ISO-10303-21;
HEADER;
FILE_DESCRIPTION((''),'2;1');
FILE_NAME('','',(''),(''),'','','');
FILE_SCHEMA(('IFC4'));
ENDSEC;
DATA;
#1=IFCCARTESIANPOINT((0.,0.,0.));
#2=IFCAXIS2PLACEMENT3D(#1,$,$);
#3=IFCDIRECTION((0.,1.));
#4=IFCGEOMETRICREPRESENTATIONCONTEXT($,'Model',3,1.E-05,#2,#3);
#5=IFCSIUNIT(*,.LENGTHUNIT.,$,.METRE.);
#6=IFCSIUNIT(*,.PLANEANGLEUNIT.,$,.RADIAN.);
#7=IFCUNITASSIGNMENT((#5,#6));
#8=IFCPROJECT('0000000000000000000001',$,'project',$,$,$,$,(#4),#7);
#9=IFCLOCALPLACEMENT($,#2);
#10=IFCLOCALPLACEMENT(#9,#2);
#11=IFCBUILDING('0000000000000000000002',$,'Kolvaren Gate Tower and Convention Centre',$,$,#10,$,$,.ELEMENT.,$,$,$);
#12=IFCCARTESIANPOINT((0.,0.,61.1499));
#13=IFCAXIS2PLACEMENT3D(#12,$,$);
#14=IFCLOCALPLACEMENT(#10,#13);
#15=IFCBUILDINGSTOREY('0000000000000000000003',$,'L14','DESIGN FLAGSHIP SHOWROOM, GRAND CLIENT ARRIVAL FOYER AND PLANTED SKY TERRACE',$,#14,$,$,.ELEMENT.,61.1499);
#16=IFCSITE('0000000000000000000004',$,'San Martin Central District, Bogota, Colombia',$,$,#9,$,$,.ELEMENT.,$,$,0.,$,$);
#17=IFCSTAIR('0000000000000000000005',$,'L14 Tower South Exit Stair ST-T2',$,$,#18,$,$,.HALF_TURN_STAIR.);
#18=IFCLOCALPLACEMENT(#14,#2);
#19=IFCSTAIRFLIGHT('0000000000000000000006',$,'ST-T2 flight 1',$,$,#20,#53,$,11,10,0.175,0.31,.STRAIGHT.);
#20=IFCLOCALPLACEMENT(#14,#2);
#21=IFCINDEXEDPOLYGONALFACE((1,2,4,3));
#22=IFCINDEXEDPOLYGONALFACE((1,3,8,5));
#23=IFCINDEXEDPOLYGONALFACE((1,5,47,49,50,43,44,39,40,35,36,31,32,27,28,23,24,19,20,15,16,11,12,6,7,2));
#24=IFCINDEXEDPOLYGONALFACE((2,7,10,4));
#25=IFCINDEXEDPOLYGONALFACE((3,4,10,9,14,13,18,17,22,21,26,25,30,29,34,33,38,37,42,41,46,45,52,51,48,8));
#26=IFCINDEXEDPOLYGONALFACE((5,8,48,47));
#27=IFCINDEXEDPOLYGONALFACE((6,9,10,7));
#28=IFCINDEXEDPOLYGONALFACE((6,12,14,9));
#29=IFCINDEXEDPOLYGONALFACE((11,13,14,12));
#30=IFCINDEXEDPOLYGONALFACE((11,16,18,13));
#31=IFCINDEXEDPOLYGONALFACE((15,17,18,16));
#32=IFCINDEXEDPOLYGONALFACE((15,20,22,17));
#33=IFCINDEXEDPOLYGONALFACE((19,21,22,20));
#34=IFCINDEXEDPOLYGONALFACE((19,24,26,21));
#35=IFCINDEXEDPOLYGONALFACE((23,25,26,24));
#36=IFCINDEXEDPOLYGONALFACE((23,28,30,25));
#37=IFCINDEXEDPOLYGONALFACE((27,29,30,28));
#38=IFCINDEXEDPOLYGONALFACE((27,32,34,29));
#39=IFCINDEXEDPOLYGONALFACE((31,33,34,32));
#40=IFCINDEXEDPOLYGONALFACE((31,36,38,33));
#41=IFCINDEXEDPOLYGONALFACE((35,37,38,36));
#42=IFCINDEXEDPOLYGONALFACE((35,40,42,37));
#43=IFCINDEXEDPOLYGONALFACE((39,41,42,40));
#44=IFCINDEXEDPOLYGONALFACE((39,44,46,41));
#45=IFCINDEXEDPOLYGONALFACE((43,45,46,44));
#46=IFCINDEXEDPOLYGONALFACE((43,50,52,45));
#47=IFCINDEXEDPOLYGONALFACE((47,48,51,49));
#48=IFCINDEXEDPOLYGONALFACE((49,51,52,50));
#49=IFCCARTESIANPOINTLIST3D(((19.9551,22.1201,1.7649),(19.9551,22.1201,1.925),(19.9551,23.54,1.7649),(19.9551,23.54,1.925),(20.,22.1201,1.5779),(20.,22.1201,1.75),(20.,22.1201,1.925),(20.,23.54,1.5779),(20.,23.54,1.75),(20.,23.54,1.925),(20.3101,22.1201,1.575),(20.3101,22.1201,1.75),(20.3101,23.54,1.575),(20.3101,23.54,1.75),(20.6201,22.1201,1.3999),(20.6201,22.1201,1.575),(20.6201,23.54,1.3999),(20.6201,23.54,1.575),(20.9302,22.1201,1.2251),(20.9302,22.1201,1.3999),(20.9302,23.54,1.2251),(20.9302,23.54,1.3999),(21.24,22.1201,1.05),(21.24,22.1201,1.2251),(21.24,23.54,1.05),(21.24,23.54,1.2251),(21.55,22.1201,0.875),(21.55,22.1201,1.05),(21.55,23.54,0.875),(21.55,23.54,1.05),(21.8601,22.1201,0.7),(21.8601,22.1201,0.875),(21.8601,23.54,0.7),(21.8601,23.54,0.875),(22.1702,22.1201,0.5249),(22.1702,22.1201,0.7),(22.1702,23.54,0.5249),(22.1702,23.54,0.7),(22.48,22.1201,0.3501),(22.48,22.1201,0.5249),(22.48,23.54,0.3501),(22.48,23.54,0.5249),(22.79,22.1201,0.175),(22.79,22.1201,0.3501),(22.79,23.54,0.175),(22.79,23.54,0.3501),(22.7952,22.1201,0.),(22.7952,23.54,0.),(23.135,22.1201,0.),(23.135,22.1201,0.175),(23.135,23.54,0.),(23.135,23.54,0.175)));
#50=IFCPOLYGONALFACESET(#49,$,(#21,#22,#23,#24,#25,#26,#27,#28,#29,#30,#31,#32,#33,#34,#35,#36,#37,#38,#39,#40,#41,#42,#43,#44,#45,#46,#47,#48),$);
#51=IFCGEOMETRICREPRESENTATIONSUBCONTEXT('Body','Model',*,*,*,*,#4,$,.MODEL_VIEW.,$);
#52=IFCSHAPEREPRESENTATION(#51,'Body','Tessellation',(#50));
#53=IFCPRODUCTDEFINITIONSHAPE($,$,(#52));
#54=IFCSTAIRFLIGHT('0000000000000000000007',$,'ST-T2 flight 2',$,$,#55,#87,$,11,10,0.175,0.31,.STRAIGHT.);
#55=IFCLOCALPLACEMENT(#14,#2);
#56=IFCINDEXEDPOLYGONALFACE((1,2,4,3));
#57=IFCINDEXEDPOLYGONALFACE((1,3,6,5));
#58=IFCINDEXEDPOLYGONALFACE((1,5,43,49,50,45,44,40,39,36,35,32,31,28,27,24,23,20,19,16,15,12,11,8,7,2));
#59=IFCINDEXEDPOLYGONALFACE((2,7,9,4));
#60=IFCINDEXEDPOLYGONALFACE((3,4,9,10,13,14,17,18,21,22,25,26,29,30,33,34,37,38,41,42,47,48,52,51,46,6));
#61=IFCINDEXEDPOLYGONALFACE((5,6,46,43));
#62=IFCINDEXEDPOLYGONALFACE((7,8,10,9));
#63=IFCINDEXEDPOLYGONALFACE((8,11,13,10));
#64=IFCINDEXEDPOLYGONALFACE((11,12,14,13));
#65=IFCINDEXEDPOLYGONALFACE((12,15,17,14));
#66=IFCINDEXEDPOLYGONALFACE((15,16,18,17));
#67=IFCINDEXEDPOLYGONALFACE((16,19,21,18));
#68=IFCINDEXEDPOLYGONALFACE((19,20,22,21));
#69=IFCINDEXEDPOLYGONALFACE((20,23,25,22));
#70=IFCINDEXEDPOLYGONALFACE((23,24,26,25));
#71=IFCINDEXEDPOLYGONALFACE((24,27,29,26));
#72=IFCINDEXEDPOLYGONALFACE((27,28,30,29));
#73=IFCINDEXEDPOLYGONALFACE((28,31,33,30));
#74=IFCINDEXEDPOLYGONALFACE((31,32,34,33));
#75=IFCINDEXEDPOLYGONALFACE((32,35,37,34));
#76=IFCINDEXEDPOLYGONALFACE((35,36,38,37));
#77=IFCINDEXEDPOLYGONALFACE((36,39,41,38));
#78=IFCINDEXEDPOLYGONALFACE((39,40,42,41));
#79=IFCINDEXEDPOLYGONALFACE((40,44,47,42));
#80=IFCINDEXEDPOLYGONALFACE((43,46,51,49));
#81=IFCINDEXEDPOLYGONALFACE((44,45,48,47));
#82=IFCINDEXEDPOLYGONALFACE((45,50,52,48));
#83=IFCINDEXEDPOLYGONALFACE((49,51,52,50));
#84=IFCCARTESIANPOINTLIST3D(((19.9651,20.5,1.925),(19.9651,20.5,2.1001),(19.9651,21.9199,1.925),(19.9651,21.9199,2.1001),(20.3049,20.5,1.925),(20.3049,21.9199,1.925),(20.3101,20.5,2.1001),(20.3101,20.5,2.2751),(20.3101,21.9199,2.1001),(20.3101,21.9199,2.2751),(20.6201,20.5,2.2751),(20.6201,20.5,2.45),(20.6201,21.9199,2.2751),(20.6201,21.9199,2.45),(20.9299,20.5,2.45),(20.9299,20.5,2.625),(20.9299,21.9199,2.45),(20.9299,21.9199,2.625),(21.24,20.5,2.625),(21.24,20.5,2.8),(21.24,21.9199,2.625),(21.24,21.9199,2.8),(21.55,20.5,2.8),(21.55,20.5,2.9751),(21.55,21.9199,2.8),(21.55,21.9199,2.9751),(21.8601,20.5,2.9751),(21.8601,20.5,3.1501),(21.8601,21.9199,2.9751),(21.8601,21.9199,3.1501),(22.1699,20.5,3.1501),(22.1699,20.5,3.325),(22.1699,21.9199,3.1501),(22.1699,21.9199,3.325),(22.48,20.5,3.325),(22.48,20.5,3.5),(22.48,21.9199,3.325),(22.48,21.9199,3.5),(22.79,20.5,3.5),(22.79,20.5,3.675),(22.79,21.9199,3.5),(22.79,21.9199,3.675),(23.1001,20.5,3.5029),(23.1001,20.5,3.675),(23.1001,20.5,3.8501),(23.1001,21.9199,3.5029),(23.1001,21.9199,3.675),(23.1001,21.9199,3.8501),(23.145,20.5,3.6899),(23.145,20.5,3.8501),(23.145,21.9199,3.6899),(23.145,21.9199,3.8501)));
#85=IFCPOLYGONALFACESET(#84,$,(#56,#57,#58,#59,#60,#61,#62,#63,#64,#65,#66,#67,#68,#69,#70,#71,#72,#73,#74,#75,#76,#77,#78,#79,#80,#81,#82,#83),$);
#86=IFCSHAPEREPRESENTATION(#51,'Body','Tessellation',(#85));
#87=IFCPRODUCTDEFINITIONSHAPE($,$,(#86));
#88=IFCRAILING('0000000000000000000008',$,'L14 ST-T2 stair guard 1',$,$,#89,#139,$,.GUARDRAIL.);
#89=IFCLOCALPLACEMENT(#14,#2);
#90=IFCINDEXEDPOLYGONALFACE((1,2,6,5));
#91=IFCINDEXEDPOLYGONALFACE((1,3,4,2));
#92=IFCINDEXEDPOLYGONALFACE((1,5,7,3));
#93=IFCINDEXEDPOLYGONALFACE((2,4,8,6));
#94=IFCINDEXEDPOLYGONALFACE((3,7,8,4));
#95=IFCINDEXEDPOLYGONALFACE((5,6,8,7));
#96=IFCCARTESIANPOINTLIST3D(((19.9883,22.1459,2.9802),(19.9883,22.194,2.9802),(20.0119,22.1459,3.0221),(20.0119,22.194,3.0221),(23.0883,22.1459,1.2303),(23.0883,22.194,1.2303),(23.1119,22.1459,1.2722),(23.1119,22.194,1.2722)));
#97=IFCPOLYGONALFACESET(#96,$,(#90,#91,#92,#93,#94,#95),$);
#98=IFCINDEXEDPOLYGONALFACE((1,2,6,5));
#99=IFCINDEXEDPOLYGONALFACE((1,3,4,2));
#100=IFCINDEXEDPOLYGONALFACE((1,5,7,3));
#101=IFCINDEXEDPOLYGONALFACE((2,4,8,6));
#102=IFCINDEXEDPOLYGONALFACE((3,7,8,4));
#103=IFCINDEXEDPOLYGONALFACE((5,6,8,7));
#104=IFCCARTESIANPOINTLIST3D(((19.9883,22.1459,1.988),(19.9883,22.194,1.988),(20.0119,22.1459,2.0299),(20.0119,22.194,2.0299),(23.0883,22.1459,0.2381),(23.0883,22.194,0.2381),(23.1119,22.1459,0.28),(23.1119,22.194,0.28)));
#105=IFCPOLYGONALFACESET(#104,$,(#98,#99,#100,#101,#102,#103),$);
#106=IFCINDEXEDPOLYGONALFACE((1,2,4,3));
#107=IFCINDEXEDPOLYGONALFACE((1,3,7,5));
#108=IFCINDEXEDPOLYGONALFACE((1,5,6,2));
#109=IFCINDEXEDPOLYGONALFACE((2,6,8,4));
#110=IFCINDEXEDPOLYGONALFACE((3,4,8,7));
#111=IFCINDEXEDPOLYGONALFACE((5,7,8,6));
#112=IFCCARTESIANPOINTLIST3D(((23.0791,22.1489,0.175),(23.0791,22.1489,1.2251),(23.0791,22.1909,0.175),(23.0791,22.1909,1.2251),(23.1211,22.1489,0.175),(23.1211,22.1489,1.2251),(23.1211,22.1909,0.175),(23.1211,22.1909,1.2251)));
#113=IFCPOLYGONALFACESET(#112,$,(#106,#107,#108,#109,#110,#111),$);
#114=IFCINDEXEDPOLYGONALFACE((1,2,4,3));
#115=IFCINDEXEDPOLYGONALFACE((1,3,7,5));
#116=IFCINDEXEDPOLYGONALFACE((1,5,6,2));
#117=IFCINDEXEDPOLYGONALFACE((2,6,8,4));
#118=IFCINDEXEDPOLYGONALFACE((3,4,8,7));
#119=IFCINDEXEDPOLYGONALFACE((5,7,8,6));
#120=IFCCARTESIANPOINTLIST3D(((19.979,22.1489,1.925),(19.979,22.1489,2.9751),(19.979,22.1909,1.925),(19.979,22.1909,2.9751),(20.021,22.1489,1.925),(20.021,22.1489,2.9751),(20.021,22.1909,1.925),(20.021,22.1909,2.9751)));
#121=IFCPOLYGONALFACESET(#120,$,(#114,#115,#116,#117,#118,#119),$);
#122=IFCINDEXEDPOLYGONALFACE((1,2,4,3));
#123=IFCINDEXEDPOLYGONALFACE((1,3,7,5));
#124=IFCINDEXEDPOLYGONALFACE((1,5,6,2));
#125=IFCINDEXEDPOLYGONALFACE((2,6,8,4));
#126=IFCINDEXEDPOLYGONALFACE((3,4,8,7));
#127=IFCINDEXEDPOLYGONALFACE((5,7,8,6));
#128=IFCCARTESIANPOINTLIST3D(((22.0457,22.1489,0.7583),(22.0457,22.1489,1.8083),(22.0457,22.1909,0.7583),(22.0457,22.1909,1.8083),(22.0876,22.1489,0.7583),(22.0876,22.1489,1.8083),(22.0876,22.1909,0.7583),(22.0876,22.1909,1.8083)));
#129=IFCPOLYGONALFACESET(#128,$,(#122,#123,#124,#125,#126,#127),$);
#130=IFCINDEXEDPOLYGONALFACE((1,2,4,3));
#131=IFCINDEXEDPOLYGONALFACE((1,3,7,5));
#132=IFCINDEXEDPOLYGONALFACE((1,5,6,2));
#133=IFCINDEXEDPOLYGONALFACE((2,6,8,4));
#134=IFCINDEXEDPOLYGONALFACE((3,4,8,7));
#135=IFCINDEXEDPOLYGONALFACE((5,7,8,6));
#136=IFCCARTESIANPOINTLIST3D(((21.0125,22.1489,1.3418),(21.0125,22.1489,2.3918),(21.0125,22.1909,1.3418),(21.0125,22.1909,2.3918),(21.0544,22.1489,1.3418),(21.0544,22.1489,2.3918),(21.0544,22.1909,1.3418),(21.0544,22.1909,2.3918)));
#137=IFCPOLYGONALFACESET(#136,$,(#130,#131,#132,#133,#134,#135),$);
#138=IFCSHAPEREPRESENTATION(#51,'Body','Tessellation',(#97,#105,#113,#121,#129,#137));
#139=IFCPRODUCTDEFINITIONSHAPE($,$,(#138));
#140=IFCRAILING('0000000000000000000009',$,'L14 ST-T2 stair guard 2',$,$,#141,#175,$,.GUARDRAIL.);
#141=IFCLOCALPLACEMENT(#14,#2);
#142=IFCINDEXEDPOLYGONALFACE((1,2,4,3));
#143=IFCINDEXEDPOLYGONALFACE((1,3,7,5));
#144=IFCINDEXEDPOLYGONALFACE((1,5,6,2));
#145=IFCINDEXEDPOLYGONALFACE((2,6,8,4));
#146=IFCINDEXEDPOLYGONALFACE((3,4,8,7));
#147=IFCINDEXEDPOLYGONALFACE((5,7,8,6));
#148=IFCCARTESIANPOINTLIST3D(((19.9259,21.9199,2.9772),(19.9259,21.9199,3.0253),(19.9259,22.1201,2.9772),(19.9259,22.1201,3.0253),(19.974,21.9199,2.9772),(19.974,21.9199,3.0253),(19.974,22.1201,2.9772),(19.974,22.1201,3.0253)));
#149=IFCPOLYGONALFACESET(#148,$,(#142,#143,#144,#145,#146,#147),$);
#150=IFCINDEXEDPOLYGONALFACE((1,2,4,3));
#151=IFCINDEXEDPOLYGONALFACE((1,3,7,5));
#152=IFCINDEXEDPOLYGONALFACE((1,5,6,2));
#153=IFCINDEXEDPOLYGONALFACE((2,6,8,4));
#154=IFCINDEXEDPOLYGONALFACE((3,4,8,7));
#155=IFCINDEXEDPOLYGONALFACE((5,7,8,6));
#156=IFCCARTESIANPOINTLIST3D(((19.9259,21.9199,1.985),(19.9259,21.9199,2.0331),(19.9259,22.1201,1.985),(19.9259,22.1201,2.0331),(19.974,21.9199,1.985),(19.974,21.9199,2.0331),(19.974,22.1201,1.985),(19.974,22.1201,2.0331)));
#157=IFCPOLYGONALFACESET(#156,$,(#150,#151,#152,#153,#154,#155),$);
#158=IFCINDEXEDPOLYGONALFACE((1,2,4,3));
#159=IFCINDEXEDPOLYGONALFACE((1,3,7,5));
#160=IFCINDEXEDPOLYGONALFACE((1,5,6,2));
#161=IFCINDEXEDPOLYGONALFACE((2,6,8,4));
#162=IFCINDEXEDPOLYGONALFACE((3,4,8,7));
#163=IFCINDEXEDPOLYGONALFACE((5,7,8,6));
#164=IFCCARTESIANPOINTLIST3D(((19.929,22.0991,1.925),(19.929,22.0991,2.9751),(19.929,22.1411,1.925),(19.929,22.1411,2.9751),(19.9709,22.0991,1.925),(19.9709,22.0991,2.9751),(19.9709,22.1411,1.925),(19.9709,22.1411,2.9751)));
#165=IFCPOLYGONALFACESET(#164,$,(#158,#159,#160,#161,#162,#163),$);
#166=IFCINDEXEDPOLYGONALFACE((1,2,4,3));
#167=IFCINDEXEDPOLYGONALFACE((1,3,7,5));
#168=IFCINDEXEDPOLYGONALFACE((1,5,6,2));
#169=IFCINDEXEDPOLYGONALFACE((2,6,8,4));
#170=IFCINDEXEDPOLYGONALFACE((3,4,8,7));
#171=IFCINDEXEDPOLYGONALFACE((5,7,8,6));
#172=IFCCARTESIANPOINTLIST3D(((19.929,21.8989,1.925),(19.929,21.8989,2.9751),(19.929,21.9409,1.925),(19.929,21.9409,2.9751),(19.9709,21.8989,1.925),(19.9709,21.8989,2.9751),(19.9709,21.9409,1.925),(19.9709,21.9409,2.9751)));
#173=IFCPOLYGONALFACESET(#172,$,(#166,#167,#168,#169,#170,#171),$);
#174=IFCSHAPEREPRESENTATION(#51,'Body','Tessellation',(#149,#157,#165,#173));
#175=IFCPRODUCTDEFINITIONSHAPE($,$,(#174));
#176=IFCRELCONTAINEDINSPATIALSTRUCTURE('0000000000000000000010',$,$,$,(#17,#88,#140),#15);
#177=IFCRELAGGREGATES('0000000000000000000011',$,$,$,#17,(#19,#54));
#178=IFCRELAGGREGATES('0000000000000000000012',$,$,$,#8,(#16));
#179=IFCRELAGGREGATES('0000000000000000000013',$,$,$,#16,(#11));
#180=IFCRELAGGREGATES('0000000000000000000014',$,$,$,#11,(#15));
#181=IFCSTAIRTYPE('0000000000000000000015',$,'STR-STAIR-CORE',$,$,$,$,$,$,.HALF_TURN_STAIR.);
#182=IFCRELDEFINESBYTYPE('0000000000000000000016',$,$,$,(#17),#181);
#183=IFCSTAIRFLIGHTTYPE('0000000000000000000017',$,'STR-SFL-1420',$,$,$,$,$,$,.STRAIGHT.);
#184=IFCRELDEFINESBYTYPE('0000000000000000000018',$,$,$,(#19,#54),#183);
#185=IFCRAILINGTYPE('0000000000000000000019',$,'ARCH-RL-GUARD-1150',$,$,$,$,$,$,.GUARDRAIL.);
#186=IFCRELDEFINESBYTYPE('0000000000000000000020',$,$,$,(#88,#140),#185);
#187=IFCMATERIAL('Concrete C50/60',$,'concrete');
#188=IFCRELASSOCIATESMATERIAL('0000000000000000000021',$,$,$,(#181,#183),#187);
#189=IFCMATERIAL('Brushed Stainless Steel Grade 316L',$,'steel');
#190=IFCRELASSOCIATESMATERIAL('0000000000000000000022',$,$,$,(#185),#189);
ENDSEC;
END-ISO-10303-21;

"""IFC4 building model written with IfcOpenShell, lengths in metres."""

from ifc_helpers import new_model, si_unit, direction, frame, origin, origin_2d, place, context, subcontext, project, spatial, polyline, rectangle, outline, extrude, material, type_object, element, aggregate, save


model = new_model("IFC4")

# Units and contexts
model_context = context("Model", 3, precision=1e-05, world=origin(), true_north=direction((0.0, 1.0)))
body_context = subcontext(model_context, "Body", "Model", "MODEL_VIEW")
ifc_project = project(units=[si_unit("LENGTHUNIT", "METRE"), si_unit("PLANEANGLEUNIT", "RADIAN")], contexts=[model_context])

# Site, building, storey
site_placement = place(None, origin())
site = spatial("IfcSite", under=ifc_project, at=site_placement, Name="San Martin Central District, Bogota, Colombia", CompositionType="ELEMENT", RefElevation=0.0)
building_placement = place(site_placement, origin())
building = spatial("IfcBuilding", under=site, at=building_placement, Name="Kolvaren Gate Tower and Convention Centre", CompositionType="ELEMENT")
storey_placement = place(building_placement, frame((0.0, 0.0, 61.1499)))
storey = spatial("IfcBuildingStorey", under=building, at=storey_placement, Name="L14", Description="DESIGN FLAGSHIP SHOWROOM, GRAND CLIENT ARRIVAL FOYER AND PLANTED SKY TERRACE", CompositionType="ELEMENT", Elevation=61.1499)

# Shared definitions
ifc_material_1 = material(Name="Concrete C50/60", Category="concrete")

# Stair, stair flights
stair_type = type_object("IfcStairType", Name="STR-STAIR-CORE", PredefinedType="HALF_TURN_STAIR", material=ifc_material_1)
stair_placement = place(storey_placement, origin())
stair = element("IfcStair", 1, at=stair_placement, inside=storey, type_object=stair_type, Name="L14 Tower South Exit Stair ST-T2", PredefinedType="HALF_TURN_STAIR")
stair_flight_type = type_object("IfcStairFlightType", Name="STR-SFL-1420", PredefinedType="STRAIGHT", material=ifc_material_1)
stair_flight_1_placement = place(storey_placement, frame((23.1001, 22.8301, 0.0), z_axis=(0.0, 0.0, 1.0), x_axis=(-1.0, 0.0, 0.0)))
stair_flight_1 = element("IfcStairFlight", 2, at=stair_flight_1_placement, type_object=stair_flight_type, Name="ST-T2 flight 1", NumberOfRisers=11, NumberOfTreads=10, PredefinedType="STRAIGHT", RiserHeight=0.175, TreadLength=0.31, context=body_context, shape_type="SweptSolid", body=[
    extrude(outline(polyline([(-0.0349, 0.0), (-0.0349, 0.175), (0.3101, 0.175), (0.3101, 0.3501), (0.6201, 0.3501), (0.6201, 0.5249), (0.9299, 0.5249), (0.9299, 0.7), (1.24, 0.7), (1.24, 0.875), (1.55, 0.875), (1.55, 1.05), (1.8601, 1.05), (1.8601, 1.2251), (2.1699, 1.2251), (2.1699, 1.3999), (2.48, 1.3999), (2.48, 1.575), (2.79, 1.575), (2.79, 1.75), (3.1001, 1.75), (3.1001, 1.925), (3.145, 1.925), (3.145, 1.7649), (3.1001, 1.5779), (0.3049, 0.0), (-0.0349, 0.0)])), frame((0.0, 0.71, 0.0), z_axis=(0.0, -1.0, 0.0), x_axis=(1.0, 0.0, 0.0)), (0.0, 0.0, 1.0), 1.4199),
])
stair_flight_2_placement = place(storey_placement, frame((20.0, 21.21, 1.925), z_axis=(0.0, 0.0, 1.0), x_axis=(1.0, 0.0, 0.0)))
stair_flight_2 = element("IfcStairFlight", 3, at=stair_flight_2_placement, type_object=stair_flight_type, Name="ST-T2 flight 2", NumberOfRisers=11, NumberOfTreads=10, PredefinedType="STRAIGHT", RiserHeight=0.175, TreadLength=0.31, context=body_context, shape_type="SweptSolid", body=[
    extrude(outline(polyline([(-0.0349, 0.0), (-0.0349, 0.175), (0.3101, 0.175), (0.3101, 0.3501), (0.6201, 0.3501), (0.6201, 0.5249), (0.9299, 0.5249), (0.9299, 0.7), (1.24, 0.7), (1.24, 0.875), (1.55, 0.875), (1.55, 1.05), (1.8601, 1.05), (1.8601, 1.2251), (2.1699, 1.2251), (2.1699, 1.3999), (2.48, 1.3999), (2.48, 1.575), (2.79, 1.575), (2.79, 1.75), (3.1001, 1.75), (3.1001, 1.925), (3.145, 1.925), (3.145, 1.7649), (3.1001, 1.5779), (0.3049, 0.0), (-0.0349, 0.0)])), frame((0.0, 0.71, 0.0), z_axis=(0.0, -1.0, 0.0), x_axis=(1.0, 0.0, 0.0)), (0.0, 0.0, 1.0), 1.4199),
])
aggregate(stair, [stair_flight_1, stair_flight_2])

# Railings
ifc_material_2 = material(Name="Brushed Stainless Steel Grade 316L", Category="steel")
railing_type_1 = type_object("IfcRailingType", Name="ARCH-RL-GUARD-1150", PredefinedType="GUARDRAIL", material=ifc_material_2)
railing_1_placement = place(storey_placement, frame((23.1001, 22.1699, 0.175)))
element("IfcRailing", 4, at=railing_1_placement, inside=storey, type_object=railing_type_1, Name="L14 ST-T2 stair guard 1", PredefinedType="GUARDRAIL", context=body_context, shape_type="SweptSolid", body=[
    extrude(rectangle(XDim=0.0481, YDim=0.0481, at=origin_2d()), frame((0.0, 0.0, 1.0762), z_axis=(-0.870831, 0.0, 0.491583), x_axis=(0.0, -1.0, 0.0)), (0.0, 0.0, 1.0), 3.5598),
    extrude(rectangle(XDim=0.0481, YDim=0.0481, at=origin_2d()), frame((0.0, 0.0, 0.084), z_axis=(-0.870831, 0.0, 0.491583), x_axis=(0.0, -1.0, 0.0)), (0.0, 0.0, 1.0), 3.5598),
    extrude(rectangle(XDim=0.042, YDim=0.042, at=origin_2d()), origin(), (0.0, 0.0, 1.0), 1.05),
    extrude(rectangle(XDim=0.042, YDim=0.042, at=origin_2d()), frame((-3.1001, 0.0, 1.75)), (0.0, 0.0, 1.0), 1.05),
    extrude(rectangle(XDim=0.042, YDim=0.042, at=origin_2d()), frame((-1.0334, 0.0, 0.5833)), (0.0, 0.0, 1.0), 1.05),
    extrude(rectangle(XDim=0.042, YDim=0.042, at=origin_2d()), frame((-2.0667, 0.0, 1.1667)), (0.0, 0.0, 1.0), 1.05),
])
railing_2_placement = place(storey_placement, frame((19.95, 22.1201, 1.925)))
element("IfcRailing", 5, at=railing_2_placement, inside=storey, type_object=railing_type_1, Name="L14 ST-T2 stair guard 2", PredefinedType="GUARDRAIL", context=body_context, shape_type="SweptSolid", body=[
    extrude(rectangle(XDim=0.0481, YDim=0.0481, at=origin_2d()), frame((0.0, 0.0, 1.0762), z_axis=(0.0, -1.0, 0.0), x_axis=(1.0, 0.0, 0.0)), (0.0, 0.0, 1.0), 0.2002),
    extrude(rectangle(XDim=0.0481, YDim=0.0481, at=origin_2d()), frame((0.0, 0.0, 0.084), z_axis=(0.0, -1.0, 0.0), x_axis=(1.0, 0.0, 0.0)), (0.0, 0.0, 1.0), 0.2002),
    extrude(rectangle(XDim=0.042, YDim=0.042, at=origin_2d()), origin(), (0.0, 0.0, 1.0), 1.05),
    extrude(rectangle(XDim=0.042, YDim=0.042, at=origin_2d()), frame((0.0, -0.2002, 0.0)), (0.0, 0.0, 1.0), 1.05),
])

save(model, "model.ifc")
